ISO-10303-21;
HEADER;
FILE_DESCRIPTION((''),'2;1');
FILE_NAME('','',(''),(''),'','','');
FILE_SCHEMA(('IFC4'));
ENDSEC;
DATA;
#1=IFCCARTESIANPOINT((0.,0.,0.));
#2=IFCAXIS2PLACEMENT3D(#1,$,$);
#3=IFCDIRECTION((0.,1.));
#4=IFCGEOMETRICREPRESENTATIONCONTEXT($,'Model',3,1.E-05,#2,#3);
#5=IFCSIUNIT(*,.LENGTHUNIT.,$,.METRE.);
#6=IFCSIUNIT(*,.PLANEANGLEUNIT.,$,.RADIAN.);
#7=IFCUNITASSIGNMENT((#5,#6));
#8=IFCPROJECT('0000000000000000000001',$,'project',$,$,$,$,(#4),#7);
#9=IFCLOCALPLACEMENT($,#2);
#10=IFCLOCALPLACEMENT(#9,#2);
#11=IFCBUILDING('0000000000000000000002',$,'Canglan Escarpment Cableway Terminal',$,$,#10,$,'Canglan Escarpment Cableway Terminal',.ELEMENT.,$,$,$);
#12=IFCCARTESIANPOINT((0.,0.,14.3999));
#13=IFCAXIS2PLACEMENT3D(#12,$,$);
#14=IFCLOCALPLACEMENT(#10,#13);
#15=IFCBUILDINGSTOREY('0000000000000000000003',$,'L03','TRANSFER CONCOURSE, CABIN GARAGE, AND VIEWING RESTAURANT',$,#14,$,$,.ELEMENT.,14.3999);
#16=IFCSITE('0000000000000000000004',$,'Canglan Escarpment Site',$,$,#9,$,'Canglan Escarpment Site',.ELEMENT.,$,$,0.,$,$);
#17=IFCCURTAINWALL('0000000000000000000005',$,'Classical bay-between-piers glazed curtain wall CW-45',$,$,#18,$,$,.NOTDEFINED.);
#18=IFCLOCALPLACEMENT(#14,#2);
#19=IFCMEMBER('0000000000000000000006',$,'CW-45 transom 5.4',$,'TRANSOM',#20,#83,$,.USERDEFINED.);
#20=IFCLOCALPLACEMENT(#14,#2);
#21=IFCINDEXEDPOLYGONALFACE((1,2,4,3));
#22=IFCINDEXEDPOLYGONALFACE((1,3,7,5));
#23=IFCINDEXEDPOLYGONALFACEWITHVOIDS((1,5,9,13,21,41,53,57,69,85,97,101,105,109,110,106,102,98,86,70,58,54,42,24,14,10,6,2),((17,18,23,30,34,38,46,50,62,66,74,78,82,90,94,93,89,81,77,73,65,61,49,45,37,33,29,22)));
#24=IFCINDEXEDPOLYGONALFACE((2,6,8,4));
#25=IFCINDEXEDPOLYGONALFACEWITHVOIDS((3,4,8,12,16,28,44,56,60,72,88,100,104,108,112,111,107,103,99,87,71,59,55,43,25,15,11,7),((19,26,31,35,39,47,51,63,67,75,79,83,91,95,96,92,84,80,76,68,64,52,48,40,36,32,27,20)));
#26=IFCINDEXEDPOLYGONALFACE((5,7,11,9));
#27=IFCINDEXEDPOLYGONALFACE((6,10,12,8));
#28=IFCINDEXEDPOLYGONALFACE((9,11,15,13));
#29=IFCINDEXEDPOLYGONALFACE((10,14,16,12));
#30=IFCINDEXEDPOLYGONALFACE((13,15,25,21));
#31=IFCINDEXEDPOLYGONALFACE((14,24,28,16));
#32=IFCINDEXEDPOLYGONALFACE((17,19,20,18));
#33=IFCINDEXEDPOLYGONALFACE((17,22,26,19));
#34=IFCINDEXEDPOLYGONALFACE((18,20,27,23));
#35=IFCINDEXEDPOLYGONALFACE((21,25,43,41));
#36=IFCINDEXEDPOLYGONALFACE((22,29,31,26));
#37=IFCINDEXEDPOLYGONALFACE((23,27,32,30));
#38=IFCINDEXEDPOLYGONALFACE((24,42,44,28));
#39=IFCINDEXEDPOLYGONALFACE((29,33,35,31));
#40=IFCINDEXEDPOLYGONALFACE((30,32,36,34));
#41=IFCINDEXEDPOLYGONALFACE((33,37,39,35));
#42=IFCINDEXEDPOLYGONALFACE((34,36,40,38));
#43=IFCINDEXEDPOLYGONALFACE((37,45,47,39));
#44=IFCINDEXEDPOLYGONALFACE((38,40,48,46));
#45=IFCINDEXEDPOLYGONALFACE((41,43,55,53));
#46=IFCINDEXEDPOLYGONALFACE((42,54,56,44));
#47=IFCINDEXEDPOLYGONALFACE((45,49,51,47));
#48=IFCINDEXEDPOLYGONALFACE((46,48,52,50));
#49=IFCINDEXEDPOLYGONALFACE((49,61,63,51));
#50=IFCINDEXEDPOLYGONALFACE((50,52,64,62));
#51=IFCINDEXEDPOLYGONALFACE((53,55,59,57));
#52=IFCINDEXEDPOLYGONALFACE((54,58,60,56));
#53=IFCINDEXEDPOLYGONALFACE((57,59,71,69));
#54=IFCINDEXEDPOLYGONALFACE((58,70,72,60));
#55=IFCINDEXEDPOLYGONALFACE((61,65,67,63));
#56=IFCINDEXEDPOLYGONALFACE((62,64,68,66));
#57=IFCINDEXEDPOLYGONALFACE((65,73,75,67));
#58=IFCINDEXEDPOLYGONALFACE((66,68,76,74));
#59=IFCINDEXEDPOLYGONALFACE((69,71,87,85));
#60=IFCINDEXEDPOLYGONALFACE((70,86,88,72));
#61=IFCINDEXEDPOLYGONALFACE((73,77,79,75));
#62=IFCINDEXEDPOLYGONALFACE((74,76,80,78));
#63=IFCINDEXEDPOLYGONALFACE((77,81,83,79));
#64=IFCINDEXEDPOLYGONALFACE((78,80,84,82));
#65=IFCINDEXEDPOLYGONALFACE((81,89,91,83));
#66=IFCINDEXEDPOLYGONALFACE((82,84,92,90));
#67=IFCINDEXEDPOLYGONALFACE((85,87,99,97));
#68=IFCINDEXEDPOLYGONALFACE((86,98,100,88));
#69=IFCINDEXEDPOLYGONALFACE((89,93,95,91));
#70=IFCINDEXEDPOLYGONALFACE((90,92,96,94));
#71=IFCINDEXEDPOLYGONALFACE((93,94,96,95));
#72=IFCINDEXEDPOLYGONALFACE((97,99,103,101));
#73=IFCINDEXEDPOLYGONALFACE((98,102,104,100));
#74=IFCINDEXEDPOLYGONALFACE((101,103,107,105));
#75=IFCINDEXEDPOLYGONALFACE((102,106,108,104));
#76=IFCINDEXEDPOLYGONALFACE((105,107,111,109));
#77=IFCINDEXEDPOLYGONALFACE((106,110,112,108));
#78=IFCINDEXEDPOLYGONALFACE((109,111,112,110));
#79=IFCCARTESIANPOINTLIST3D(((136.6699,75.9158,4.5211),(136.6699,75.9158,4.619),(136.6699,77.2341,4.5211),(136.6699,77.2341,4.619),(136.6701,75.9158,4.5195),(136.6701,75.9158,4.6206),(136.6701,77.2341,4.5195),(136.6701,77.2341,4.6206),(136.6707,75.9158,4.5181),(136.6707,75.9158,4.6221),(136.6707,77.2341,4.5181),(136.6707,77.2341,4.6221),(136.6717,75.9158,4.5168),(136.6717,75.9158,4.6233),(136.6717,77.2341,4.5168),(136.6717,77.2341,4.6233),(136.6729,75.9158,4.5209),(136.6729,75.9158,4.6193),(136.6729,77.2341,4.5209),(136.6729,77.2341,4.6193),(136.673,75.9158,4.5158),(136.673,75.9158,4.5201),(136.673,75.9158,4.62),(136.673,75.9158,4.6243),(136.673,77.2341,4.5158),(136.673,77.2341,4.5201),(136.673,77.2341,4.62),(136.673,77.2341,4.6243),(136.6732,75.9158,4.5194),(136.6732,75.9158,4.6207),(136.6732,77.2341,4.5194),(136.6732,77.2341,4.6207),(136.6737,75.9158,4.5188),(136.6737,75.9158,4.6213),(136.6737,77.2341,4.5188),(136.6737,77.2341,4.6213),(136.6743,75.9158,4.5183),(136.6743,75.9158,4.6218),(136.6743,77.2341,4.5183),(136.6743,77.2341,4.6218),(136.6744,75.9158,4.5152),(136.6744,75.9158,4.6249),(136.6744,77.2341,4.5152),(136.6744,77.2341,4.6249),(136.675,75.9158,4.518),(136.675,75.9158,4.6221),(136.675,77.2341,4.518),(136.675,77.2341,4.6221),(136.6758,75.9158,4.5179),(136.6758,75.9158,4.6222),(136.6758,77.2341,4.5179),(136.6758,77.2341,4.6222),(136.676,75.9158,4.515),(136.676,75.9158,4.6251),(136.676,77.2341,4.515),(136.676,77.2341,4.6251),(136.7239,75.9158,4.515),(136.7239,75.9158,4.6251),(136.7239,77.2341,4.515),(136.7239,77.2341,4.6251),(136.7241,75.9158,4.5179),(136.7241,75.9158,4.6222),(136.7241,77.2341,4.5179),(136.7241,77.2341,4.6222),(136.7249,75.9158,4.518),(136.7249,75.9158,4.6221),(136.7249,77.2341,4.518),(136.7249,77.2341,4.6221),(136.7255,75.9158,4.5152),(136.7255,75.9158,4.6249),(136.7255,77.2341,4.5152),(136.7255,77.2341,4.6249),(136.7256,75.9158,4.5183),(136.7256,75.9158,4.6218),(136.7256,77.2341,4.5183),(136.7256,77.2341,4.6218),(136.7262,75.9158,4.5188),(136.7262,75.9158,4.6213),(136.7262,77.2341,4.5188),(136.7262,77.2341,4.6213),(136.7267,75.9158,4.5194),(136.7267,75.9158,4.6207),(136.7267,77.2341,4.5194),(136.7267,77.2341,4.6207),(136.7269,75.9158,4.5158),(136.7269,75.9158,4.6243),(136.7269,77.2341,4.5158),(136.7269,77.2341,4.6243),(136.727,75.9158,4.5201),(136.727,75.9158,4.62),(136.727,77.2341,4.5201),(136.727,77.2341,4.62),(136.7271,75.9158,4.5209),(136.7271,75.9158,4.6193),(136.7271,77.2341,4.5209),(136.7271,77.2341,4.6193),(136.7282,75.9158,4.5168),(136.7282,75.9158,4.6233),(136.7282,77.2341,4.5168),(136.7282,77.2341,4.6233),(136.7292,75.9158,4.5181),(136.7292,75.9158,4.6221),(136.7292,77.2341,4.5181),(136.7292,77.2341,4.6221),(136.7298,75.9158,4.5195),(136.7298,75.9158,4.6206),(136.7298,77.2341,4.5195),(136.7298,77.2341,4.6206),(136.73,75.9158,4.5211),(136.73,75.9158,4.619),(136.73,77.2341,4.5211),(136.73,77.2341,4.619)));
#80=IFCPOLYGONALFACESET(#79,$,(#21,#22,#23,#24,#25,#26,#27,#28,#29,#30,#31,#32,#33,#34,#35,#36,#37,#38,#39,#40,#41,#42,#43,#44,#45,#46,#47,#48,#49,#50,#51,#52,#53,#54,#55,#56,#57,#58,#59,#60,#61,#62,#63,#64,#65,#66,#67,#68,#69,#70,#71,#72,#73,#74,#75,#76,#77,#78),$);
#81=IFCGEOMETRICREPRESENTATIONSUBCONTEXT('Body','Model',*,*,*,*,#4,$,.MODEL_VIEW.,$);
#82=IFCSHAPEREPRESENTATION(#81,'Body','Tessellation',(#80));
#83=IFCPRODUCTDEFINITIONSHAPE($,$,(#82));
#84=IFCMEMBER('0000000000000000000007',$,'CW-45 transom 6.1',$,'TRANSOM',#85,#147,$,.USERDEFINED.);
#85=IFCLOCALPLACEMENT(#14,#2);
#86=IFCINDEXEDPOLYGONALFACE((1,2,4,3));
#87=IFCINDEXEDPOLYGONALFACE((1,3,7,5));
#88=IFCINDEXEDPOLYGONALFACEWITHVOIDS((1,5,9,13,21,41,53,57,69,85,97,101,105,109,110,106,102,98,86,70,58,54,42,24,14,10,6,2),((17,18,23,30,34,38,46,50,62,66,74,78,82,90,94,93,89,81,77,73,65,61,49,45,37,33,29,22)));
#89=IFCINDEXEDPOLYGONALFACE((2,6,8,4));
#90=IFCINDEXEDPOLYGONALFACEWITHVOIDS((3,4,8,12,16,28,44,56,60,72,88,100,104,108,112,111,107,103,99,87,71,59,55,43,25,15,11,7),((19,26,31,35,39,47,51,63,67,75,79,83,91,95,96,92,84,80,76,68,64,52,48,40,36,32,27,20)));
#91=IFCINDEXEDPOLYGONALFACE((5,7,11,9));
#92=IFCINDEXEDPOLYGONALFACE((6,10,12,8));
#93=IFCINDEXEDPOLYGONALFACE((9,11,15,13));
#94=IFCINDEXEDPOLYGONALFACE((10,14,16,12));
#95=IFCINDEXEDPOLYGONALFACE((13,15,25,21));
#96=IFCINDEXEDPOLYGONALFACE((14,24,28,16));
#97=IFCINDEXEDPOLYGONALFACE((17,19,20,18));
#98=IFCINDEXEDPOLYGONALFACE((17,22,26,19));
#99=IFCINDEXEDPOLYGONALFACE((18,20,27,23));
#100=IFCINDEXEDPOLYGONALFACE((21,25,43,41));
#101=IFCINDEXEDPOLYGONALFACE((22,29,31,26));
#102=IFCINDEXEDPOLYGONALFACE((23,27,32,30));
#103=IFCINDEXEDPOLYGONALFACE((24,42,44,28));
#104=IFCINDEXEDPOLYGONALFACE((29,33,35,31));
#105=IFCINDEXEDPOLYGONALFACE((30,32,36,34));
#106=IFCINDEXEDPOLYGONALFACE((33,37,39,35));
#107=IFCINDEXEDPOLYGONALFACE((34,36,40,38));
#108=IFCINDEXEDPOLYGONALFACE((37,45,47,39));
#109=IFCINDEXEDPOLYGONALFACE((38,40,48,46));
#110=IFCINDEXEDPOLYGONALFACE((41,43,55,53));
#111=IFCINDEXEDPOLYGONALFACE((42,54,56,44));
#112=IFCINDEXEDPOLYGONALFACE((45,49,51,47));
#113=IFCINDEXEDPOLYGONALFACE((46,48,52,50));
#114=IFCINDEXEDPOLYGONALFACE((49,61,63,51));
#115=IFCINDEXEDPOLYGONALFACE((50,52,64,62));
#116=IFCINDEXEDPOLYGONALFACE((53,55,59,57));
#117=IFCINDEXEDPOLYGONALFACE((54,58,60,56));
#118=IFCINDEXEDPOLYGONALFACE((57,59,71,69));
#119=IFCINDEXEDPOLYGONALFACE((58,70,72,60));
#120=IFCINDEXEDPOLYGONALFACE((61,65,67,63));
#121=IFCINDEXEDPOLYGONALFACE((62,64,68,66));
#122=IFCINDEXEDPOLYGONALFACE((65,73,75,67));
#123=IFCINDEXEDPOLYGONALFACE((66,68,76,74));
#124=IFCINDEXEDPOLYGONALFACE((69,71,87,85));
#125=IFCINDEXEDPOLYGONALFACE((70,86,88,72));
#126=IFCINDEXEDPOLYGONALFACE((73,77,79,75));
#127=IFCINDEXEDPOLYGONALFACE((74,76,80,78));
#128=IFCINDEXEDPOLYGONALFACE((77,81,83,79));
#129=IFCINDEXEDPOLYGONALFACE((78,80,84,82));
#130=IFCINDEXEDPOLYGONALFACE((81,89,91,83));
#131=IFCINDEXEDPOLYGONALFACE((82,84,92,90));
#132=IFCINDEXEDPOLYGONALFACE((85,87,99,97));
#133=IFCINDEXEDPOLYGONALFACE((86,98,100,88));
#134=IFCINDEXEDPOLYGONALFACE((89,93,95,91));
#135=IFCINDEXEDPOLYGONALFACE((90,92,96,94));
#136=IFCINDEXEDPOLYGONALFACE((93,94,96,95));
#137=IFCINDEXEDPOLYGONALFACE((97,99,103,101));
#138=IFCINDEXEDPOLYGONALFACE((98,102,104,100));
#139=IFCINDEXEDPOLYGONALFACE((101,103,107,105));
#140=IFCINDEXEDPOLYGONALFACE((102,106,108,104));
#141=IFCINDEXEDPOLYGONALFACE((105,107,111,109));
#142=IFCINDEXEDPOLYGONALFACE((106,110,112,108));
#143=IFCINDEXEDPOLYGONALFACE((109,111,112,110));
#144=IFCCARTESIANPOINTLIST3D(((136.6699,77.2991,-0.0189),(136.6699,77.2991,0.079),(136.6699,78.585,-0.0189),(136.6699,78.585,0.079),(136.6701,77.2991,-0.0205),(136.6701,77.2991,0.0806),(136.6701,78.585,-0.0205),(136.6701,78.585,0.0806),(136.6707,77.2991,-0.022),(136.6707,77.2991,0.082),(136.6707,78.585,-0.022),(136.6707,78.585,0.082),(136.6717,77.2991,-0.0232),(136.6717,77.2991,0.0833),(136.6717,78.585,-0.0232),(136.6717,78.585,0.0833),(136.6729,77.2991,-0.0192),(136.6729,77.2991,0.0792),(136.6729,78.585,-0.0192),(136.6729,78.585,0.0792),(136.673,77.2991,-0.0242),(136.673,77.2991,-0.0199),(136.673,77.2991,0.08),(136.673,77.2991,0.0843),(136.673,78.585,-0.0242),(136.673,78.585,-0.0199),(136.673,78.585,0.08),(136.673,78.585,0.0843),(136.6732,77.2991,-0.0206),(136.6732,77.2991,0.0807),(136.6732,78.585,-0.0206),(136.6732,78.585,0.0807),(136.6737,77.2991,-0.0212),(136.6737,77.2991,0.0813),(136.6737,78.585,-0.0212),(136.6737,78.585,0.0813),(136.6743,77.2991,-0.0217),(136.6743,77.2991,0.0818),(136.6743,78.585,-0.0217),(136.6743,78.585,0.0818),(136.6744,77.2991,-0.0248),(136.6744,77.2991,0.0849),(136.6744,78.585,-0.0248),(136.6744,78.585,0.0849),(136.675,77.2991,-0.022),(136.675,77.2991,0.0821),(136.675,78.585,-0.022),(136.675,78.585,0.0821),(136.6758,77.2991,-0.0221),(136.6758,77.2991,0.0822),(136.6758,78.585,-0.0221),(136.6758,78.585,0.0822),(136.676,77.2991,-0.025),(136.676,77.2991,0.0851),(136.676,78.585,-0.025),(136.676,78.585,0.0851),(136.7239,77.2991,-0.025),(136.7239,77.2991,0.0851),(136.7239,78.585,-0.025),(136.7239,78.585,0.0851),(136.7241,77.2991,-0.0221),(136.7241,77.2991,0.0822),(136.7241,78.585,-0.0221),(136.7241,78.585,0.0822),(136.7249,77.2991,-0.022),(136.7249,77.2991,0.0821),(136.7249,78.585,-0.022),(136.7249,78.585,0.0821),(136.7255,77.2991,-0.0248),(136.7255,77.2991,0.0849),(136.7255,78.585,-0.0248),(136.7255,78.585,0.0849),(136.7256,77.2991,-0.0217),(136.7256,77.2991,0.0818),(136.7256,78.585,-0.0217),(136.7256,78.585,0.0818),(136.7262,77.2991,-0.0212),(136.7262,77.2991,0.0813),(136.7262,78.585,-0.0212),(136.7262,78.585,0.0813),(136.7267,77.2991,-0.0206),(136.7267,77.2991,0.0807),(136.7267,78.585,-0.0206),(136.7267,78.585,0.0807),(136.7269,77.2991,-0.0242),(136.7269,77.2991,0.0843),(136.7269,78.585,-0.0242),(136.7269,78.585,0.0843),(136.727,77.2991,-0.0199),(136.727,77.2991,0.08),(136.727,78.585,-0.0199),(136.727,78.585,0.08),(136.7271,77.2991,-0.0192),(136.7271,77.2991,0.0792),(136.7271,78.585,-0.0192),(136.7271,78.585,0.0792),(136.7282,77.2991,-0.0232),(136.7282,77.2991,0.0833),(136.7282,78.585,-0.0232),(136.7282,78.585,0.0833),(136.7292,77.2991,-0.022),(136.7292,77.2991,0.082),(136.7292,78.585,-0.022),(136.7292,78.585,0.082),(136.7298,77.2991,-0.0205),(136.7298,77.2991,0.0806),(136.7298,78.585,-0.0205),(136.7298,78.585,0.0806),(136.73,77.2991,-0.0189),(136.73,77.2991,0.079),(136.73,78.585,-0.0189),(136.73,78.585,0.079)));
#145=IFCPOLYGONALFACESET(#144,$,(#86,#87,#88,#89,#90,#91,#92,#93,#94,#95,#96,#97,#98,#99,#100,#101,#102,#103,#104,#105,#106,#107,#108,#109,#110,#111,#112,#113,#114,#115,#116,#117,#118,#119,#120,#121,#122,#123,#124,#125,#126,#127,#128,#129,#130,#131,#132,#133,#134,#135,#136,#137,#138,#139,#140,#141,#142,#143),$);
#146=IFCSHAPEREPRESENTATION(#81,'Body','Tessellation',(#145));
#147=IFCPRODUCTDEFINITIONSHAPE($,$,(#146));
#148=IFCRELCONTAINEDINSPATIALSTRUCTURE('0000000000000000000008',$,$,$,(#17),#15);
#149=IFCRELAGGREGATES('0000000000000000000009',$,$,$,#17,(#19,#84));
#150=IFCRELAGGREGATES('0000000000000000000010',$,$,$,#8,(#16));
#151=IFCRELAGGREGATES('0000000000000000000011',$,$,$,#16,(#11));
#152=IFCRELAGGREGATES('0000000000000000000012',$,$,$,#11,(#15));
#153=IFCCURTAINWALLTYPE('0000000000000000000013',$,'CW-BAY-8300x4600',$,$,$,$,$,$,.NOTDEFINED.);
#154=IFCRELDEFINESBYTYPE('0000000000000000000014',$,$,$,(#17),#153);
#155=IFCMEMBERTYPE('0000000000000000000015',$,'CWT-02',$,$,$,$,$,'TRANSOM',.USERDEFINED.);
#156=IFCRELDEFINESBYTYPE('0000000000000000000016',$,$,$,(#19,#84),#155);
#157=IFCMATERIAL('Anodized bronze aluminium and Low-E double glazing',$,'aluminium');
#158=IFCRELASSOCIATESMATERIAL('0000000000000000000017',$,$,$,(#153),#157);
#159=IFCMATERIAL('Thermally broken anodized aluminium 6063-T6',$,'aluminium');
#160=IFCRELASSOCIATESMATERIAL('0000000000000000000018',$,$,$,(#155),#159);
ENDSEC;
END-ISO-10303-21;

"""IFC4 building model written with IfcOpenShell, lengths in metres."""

from ifc_helpers import new_model, si_unit, direction, frame, origin, origin_2d, place, context, subcontext, project, spatial, hollow_rectangle, extrude, material, material_profile, profile_set, type_object, element, aggregate, save


model = new_model("IFC4")

# Units and contexts
model_context = context("Model", 3, precision=1e-05, world=origin(), true_north=direction((0.0, 1.0)))
body_context = subcontext(model_context, "Body", "Model", "MODEL_VIEW")
ifc_project = project(units=[si_unit("LENGTHUNIT", "METRE"), si_unit("PLANEANGLEUNIT", "RADIAN")], contexts=[model_context])

# Site, building, storey
site_placement = place(None, origin())
site = spatial("IfcSite", under=ifc_project, at=site_placement, Name="Canglan Escarpment Site", LongName="Canglan Escarpment Site", CompositionType="ELEMENT", RefElevation=0.0)
building_placement = place(site_placement, origin())
building = spatial("IfcBuilding", under=site, at=building_placement, Name="Canglan Escarpment Cableway Terminal", LongName="Canglan Escarpment Cableway Terminal", CompositionType="ELEMENT")
storey_placement = place(building_placement, frame((0.0, 0.0, 14.3999)))
storey = spatial("IfcBuildingStorey", under=building, at=storey_placement, Name="L03", Description="TRANSFER CONCOURSE, CABIN GARAGE, AND VIEWING RESTAURANT", CompositionType="ELEMENT", Elevation=14.3999)

# Curtain wall, members
ifc_material_1 = material(Name="Anodized bronze aluminium and Low-E double glazing", Category="aluminium")
curtain_wall_type = type_object("IfcCurtainWallType", Name="CW-BAY-8300x4600", PredefinedType="NOTDEFINED", material=ifc_material_1)
curtain_wall_placement = place(storey_placement, origin())
curtain_wall = element("IfcCurtainWall", 1, at=curtain_wall_placement, inside=storey, type_object=curtain_wall_type, Name="Classical bay-between-piers glazed curtain wall CW-45", PredefinedType="NOTDEFINED")
ifc_material_2 = material(Name="Thermally broken anodized aluminium 6063-T6", Category="aluminium")
ifc_material_profile_1 = material_profile(ifc_material_2, hollow_rectangle(XDim=0.0601, YDim=0.1101, WallThickness=0.0029, InnerFilletRadius=0.0029, OuterFilletRadius=0.0061, at=origin_2d()), Name="ALU-TRAN 60x110x3")
ifc_profile_set_1 = profile_set([ifc_material_profile_1], Name="Thermally broken anodized aluminium 6063-T6")
member_type_1 = type_object("IfcMemberType", Name="CWT-02", ElementType="TRANSOM", PredefinedType="USERDEFINED", material=ifc_profile_set_1)
member_1_placement = place(storey_placement, frame((136.7, 75.9158, 4.5701), z_axis=(0.0, 1.0, 0.0), x_axis=(-1.0, 0.0, 0.0)))
member_1 = element("IfcMember", 2, at=member_1_placement, type_object=member_type_1, Name="CW-45 transom 5.4", ObjectType="TRANSOM", PredefinedType="USERDEFINED", context=body_context, shape_type="SweptSolid", body=[
    extrude(hollow_rectangle(XDim=0.0601, YDim=0.1101, WallThickness=0.0029, InnerFilletRadius=0.0029, OuterFilletRadius=0.0061, at=origin_2d()), origin(), (0.0, 0.0, 1.0), 1.3184),
])
member_2_placement = place(storey_placement, frame((136.7, 77.2991, 0.03), z_axis=(0.0, 1.0, 0.0), x_axis=(-1.0, 0.0, 0.0)))
member_2 = element("IfcMember", 3, at=member_2_placement, type_object=member_type_1, Name="CW-45 transom 6.1", ObjectType="TRANSOM", PredefinedType="USERDEFINED", context=body_context, shape_type="SweptSolid", body=[
    extrude(hollow_rectangle(XDim=0.0601, YDim=0.1101, WallThickness=0.0029, InnerFilletRadius=0.0029, OuterFilletRadius=0.0061, at=origin_2d()), origin(), (0.0, 0.0, 1.0), 1.2859),
])
aggregate(curtain_wall, [member_1, member_2])

save(model, "model.ifc")
